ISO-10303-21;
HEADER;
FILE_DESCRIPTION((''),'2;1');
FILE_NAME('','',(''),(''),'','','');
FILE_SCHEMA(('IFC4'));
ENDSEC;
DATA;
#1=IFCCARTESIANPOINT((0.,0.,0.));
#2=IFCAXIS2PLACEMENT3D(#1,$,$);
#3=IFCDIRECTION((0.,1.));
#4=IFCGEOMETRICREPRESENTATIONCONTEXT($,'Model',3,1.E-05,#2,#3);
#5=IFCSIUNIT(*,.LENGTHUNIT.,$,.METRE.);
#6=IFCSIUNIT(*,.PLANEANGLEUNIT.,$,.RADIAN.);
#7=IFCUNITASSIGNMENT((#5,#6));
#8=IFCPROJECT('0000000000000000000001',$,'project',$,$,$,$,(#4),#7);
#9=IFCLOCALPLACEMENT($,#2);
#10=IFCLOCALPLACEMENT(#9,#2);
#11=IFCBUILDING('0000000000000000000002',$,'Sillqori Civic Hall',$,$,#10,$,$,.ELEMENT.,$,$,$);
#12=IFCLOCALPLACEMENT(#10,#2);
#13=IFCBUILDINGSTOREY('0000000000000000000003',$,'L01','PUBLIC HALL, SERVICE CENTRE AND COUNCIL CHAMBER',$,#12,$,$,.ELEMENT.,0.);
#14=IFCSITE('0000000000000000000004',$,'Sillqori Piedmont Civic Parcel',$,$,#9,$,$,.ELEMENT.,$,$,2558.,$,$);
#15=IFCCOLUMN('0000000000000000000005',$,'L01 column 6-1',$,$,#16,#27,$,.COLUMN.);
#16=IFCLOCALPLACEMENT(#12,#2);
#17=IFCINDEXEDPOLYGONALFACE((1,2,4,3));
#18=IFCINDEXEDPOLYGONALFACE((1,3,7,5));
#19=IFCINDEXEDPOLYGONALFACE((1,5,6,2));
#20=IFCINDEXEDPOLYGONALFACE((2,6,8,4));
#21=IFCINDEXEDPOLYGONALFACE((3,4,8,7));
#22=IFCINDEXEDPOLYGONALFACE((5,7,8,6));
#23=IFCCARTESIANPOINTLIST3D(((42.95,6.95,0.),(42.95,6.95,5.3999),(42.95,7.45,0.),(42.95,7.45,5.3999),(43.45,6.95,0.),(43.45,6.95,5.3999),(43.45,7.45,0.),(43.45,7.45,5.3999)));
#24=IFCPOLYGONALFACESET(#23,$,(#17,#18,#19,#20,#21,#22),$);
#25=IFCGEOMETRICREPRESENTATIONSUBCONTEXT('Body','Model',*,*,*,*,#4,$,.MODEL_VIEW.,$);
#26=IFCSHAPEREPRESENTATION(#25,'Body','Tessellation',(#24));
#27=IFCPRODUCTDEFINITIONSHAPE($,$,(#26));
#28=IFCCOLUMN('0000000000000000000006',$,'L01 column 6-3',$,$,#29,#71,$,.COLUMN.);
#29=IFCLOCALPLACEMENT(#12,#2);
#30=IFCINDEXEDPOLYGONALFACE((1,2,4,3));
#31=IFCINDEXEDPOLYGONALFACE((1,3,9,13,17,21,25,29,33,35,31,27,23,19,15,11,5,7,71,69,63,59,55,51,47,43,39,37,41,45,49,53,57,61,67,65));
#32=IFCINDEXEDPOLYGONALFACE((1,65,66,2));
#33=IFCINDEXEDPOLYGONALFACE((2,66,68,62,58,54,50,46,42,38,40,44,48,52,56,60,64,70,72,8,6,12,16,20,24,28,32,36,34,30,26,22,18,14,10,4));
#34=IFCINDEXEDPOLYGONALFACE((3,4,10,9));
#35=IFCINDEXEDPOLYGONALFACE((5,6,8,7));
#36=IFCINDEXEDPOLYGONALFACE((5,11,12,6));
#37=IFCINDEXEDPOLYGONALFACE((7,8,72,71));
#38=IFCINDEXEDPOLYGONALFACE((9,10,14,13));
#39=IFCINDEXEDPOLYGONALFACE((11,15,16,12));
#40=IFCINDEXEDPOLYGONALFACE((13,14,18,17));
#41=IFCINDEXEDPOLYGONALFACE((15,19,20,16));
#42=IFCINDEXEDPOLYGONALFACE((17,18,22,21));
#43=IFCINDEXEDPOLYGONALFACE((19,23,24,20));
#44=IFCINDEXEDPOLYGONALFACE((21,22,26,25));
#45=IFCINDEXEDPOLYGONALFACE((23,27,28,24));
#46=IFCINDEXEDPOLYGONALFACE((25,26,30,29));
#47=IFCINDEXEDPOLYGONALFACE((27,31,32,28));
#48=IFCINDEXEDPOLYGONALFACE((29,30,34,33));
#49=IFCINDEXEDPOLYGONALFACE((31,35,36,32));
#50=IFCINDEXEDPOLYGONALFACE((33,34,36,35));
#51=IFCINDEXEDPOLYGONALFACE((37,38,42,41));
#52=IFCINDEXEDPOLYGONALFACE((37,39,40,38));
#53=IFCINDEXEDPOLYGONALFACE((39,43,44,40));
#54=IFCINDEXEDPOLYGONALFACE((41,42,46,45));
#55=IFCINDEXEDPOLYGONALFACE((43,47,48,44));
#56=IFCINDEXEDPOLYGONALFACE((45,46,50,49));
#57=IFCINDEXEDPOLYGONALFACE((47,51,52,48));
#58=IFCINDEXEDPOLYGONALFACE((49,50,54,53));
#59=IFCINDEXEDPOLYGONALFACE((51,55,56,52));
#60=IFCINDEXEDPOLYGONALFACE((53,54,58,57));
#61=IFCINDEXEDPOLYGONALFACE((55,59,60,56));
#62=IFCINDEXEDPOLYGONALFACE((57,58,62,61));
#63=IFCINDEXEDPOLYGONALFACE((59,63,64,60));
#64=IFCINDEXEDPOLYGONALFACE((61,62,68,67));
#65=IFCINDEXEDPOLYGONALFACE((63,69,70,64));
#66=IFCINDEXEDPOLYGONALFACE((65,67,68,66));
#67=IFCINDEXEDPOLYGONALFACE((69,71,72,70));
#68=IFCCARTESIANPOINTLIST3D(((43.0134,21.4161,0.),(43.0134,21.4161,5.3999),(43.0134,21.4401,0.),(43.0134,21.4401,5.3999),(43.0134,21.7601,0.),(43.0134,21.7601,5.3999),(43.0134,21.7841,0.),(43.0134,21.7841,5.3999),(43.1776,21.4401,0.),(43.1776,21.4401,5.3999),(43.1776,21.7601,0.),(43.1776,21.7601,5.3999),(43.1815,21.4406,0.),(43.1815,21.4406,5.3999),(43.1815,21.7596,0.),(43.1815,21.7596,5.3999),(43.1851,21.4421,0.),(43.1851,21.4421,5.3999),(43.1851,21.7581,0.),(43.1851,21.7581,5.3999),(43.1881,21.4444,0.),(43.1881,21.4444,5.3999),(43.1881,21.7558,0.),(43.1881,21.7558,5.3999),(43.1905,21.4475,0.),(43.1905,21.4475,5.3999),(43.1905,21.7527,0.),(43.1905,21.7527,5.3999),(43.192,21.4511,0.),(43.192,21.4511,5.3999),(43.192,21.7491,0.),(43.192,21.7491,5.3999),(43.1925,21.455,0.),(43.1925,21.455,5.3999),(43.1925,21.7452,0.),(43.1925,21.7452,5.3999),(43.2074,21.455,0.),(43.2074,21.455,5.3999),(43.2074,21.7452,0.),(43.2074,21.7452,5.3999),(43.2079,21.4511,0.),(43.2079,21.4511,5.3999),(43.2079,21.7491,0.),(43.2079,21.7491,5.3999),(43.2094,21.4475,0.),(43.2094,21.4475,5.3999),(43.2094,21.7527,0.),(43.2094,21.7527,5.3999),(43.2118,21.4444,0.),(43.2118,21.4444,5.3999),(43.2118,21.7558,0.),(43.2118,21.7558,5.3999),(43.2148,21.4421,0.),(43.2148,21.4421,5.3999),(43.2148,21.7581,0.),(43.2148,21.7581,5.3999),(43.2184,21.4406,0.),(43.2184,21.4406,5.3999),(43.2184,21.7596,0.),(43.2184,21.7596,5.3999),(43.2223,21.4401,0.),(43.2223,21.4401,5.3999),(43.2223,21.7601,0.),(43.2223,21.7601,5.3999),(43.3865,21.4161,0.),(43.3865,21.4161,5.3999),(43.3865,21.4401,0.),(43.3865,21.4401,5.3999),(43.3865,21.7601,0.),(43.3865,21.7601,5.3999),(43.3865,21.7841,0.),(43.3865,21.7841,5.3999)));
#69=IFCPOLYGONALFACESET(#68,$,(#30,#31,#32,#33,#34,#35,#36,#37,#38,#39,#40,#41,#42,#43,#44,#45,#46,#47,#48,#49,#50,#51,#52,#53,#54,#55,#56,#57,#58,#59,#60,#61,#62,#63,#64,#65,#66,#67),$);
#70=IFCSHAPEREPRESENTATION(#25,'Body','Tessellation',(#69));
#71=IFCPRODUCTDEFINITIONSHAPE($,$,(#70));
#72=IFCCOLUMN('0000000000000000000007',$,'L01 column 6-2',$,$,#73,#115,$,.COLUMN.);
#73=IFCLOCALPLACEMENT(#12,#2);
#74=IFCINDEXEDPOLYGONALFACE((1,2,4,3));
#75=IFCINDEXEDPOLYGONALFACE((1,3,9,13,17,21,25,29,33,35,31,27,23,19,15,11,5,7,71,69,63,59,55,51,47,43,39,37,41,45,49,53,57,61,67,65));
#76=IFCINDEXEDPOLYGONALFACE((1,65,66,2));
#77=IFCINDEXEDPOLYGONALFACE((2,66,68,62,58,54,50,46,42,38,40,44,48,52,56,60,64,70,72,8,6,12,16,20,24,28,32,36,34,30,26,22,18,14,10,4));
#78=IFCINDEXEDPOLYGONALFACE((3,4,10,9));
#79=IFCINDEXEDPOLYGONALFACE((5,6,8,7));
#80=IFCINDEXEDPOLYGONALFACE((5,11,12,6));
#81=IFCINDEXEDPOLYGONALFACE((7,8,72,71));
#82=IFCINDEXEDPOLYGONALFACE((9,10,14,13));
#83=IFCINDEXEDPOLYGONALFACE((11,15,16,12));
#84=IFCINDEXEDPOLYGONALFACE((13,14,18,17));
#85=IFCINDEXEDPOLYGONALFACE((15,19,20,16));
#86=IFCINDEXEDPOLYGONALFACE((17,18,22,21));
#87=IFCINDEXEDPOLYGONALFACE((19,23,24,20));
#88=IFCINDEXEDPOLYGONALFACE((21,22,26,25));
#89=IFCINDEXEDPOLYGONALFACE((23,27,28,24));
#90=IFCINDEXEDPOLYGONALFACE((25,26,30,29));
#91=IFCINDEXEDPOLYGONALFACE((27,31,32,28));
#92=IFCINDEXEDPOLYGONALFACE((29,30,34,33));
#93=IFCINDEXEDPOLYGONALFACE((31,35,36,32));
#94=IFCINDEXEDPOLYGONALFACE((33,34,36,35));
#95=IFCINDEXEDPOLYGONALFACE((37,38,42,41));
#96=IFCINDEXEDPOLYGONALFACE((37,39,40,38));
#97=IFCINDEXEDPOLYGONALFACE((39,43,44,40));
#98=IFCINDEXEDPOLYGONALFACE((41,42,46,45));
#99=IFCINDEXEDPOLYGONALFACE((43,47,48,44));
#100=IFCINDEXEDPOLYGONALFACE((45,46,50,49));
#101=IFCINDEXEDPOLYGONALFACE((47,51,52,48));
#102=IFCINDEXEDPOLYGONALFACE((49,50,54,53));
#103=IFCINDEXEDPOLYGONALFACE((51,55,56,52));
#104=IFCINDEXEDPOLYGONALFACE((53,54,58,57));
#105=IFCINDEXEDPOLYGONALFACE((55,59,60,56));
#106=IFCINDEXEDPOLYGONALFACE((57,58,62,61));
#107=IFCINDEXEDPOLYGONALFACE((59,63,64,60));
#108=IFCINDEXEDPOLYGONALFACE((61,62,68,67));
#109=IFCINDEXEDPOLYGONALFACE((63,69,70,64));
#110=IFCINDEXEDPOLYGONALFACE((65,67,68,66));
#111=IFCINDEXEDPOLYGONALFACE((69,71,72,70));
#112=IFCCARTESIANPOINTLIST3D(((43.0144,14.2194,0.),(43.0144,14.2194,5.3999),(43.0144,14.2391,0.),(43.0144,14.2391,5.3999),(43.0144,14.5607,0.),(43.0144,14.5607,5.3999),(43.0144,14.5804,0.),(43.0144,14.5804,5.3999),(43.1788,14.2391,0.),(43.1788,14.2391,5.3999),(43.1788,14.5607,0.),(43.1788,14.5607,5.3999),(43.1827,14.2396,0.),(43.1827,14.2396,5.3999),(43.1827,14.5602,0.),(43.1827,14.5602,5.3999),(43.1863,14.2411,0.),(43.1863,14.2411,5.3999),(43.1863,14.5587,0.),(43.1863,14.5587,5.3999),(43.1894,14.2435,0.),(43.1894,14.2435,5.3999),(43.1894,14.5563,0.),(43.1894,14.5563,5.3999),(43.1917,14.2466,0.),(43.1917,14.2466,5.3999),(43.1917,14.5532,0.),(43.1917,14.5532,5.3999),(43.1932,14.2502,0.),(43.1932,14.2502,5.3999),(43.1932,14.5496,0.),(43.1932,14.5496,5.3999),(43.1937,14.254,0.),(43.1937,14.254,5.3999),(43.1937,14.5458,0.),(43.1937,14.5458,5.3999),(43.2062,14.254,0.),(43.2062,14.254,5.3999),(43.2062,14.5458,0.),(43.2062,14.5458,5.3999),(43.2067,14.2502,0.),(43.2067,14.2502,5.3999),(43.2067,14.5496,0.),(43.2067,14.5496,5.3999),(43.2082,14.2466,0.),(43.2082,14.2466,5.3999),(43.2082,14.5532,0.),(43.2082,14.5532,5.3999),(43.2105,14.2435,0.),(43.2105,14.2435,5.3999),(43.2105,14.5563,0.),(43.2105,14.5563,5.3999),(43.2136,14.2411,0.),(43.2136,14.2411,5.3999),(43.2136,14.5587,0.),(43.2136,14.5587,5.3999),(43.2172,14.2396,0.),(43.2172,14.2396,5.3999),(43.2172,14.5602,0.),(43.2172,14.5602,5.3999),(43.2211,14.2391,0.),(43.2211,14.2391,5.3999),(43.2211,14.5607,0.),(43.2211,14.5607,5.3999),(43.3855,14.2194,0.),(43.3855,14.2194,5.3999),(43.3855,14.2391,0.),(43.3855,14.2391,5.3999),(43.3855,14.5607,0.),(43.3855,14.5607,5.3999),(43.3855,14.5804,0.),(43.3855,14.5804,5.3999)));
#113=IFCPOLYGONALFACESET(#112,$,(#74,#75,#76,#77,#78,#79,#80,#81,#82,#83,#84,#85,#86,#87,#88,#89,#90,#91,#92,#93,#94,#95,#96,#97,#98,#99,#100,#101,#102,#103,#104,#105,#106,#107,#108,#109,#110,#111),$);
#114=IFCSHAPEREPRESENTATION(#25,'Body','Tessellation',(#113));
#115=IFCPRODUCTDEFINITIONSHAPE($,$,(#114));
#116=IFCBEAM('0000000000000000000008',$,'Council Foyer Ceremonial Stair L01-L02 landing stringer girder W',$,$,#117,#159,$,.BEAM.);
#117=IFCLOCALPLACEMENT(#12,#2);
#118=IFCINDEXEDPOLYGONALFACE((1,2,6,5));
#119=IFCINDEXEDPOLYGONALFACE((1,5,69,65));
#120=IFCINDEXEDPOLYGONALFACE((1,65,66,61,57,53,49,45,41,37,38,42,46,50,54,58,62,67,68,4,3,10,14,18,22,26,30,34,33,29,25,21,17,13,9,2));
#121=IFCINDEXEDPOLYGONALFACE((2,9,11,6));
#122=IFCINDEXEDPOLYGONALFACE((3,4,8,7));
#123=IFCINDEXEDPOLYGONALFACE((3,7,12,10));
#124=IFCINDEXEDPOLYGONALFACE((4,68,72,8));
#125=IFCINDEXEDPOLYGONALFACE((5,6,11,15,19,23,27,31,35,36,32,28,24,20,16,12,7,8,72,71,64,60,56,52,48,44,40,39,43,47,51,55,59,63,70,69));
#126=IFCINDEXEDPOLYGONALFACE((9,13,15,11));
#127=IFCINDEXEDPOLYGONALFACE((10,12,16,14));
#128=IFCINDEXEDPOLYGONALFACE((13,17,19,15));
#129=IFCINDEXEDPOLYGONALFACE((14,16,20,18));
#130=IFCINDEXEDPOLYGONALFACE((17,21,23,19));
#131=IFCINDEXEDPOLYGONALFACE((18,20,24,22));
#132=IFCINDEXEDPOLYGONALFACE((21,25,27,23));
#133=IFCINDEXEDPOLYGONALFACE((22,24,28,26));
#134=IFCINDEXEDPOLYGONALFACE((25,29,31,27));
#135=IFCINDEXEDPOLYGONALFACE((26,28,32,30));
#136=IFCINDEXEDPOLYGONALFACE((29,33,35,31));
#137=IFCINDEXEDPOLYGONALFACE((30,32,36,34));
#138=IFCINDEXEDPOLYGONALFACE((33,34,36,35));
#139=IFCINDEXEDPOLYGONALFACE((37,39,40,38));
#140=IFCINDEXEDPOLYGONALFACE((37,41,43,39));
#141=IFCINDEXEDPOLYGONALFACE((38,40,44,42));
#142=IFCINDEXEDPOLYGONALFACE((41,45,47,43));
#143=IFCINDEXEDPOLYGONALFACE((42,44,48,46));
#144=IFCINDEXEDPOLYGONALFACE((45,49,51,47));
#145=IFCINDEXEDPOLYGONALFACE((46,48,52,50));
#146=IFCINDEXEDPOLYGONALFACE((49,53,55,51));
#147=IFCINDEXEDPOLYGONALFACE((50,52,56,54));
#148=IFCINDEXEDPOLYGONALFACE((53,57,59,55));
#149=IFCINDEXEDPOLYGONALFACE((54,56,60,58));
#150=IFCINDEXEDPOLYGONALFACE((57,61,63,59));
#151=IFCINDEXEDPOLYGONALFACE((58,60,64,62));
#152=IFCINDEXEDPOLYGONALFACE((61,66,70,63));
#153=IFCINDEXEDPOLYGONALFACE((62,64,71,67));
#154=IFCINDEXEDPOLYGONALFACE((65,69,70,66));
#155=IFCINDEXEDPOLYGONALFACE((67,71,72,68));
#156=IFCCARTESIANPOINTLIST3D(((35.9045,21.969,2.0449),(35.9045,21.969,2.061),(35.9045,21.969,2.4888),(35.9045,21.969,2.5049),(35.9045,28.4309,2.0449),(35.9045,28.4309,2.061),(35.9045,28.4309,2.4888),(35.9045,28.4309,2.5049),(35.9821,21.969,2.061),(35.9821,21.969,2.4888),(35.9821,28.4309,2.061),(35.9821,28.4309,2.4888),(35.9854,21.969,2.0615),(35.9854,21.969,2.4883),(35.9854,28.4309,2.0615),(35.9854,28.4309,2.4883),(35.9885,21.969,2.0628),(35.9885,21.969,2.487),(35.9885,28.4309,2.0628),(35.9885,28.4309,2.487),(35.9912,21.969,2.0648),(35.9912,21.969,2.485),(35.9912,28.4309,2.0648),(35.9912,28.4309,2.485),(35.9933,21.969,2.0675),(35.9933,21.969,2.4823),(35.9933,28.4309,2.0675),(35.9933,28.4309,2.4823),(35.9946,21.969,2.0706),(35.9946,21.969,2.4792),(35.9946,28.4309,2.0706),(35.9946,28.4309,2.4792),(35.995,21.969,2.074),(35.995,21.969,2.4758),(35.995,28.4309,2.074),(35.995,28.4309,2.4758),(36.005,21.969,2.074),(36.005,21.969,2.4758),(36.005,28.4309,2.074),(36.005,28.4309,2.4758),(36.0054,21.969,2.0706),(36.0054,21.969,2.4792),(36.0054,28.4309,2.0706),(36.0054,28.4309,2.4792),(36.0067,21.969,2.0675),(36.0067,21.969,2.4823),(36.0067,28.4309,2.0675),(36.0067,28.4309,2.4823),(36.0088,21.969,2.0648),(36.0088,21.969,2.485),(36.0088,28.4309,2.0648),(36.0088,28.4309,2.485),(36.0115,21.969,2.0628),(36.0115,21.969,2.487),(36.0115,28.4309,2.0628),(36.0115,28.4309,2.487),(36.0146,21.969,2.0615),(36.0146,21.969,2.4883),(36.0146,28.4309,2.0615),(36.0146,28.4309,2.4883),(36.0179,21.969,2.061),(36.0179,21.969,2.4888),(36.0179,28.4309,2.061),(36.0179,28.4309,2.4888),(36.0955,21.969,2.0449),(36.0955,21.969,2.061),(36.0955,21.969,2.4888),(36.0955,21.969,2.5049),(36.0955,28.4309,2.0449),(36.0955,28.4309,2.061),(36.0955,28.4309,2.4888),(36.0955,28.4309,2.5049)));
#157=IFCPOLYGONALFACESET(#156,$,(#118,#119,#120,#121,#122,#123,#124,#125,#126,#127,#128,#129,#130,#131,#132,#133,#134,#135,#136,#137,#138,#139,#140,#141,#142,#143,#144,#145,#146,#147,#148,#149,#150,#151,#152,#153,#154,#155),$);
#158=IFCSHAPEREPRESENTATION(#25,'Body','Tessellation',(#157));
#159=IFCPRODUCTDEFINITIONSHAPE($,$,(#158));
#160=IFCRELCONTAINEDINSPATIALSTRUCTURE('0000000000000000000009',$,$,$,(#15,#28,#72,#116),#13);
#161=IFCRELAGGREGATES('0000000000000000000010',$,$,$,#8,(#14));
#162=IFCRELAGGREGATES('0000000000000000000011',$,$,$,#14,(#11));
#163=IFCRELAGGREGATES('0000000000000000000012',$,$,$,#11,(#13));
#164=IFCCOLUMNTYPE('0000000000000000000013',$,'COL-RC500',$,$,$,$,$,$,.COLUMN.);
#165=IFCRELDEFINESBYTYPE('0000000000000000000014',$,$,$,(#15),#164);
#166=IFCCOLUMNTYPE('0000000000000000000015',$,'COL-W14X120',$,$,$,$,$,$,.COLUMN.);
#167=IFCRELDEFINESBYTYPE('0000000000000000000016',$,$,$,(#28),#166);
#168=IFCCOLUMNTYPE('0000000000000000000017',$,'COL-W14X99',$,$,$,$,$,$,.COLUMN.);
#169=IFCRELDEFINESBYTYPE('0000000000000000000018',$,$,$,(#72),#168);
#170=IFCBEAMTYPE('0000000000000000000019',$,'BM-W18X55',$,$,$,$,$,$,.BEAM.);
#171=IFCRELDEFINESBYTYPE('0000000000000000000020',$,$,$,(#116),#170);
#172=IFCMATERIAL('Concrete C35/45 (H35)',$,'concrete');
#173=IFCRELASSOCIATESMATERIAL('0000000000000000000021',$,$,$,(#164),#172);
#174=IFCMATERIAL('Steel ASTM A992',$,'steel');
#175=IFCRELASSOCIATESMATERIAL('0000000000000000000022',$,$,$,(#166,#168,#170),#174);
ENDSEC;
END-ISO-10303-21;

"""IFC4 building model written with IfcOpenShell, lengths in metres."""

from ifc_helpers import new_model, si_unit, direction, frame, origin, origin_2d, place, context, subcontext, project, spatial, rectangle, i_section, extrude, material, material_profile, profile_set, type_object, element, save


model = new_model("IFC4")

# Units and contexts
model_context = context("Model", 3, precision=1e-05, world=origin(), true_north=direction((0.0, 1.0)))
body_context = subcontext(model_context, "Body", "Model", "MODEL_VIEW")
ifc_project = project(units=[si_unit("LENGTHUNIT", "METRE"), si_unit("PLANEANGLEUNIT", "RADIAN")], contexts=[model_context])

# Site, building, storey
site_placement = place(None, origin())
site = spatial("IfcSite", under=ifc_project, at=site_placement, Name="Sillqori Piedmont Civic Parcel", CompositionType="ELEMENT", RefElevation=2558.0)
building_placement = place(site_placement, origin())
building = spatial("IfcBuilding", under=site, at=building_placement, Name="Sillqori Civic Hall", CompositionType="ELEMENT")
storey_placement = place(building_placement, origin())
storey = spatial("IfcBuildingStorey", under=building, at=storey_placement, Name="L01", Description="PUBLIC HALL, SERVICE CENTRE AND COUNCIL CHAMBER", CompositionType="ELEMENT", Elevation=0.0)

# Columns
ifc_material_1 = material(Name="Concrete C35/45 (H35)", Category="concrete")
ifc_material_profile_1 = material_profile(ifc_material_1, rectangle(XDim=0.5, YDim=0.5, at=origin_2d()), Name="RC 500x500")
ifc_profile_set_1 = profile_set([ifc_material_profile_1], Name="Concrete C35/45 (H35)")
column_type_1 = type_object("IfcColumnType", Name="COL-RC500", PredefinedType="COLUMN", material=ifc_profile_set_1)
column_1_placement = place(storey_placement, frame((43.2, 7.2, 0.0), z_axis=(0.0, 0.0, 1.0), x_axis=(1.0, 0.0, 0.0)))
element("IfcColumn", 1, at=column_1_placement, inside=storey, type_object=column_type_1, Name="L01 column 6-1", PredefinedType="COLUMN", context=body_context, shape_type="SweptSolid", body=[
    extrude(rectangle(XDim=0.5, YDim=0.5, at=origin_2d()), origin(), (0.0, 0.0, 1.0), 5.3999),
])
ifc_material_2 = material(Name="Steel ASTM A992", Category="steel")
ifc_material_profile_2 = material_profile(ifc_material_2, i_section(OverallWidth=0.373, OverallDepth=0.3679, WebThickness=0.0149, FlangeThickness=0.0239, FilletRadius=0.0149, at=origin_2d()), Name="W14X120")
ifc_profile_set_2 = profile_set([ifc_material_profile_2], Name="Steel ASTM A992")
column_type_2 = type_object("IfcColumnType", Name="COL-W14X120", PredefinedType="COLUMN", material=ifc_profile_set_2)
column_2_placement = place(storey_placement, frame((43.2, 21.6001, 0.0), z_axis=(0.0, 0.0, 1.0), x_axis=(1.0, 0.0, 0.0)))
element("IfcColumn", 2, at=column_2_placement, inside=storey, type_object=column_type_2, Name="L01 column 6-3", PredefinedType="COLUMN", context=body_context, shape_type="SweptSolid", body=[
    extrude(i_section(OverallWidth=0.373, OverallDepth=0.3679, WebThickness=0.0149, FlangeThickness=0.0239, FilletRadius=0.0149, at=origin_2d()), origin(), (0.0, 0.0, 1.0), 5.3999),
])
ifc_material_profile_3 = material_profile(ifc_material_2, i_section(OverallWidth=0.3711, OverallDepth=0.3611, WebThickness=0.0125, FlangeThickness=0.0198, FilletRadius=0.0149, at=origin_2d()), Name="W14X99")
ifc_profile_set_3 = profile_set([ifc_material_profile_3], Name="Steel ASTM A992")
column_type_3 = type_object("IfcColumnType", Name="COL-W14X99", PredefinedType="COLUMN", material=ifc_profile_set_3)
column_3_placement = place(storey_placement, frame((43.2, 14.3999, 0.0), z_axis=(0.0, 0.0, 1.0), x_axis=(1.0, 0.0, 0.0)))
element("IfcColumn", 3, at=column_3_placement, inside=storey, type_object=column_type_3, Name="L01 column 6-2", PredefinedType="COLUMN", context=body_context, shape_type="SweptSolid", body=[
    extrude(i_section(OverallWidth=0.3711, OverallDepth=0.3611, WebThickness=0.0125, FlangeThickness=0.0198, FilletRadius=0.0149, at=origin_2d()), origin(), (0.0, 0.0, 1.0), 5.3999),
])

# Beam
ifc_material_profile_4 = material_profile(ifc_material_2, i_section(OverallWidth=0.1909, OverallDepth=0.46, WebThickness=0.01, FlangeThickness=0.0161, FilletRadius=0.0129, at=origin_2d()), Name="W18X55")
ifc_profile_set_4 = profile_set([ifc_material_profile_4], Name="Steel ASTM A992")
beam_type_1 = type_object("IfcBeamType", Name="BM-W18X55", PredefinedType="BEAM", material=ifc_profile_set_4)
beam_1_placement = place(storey_placement, frame((36.0, 21.969, 2.2749), z_axis=(0.0, 1.0, 0.0), x_axis=(-1.0, 0.0, 0.0)))
element("IfcBeam", 4, at=beam_1_placement, inside=storey, type_object=beam_type_1, Name="Council Foyer Ceremonial Stair L01-L02 landing stringer girder W", PredefinedType="BEAM", context=body_context, shape_type="SweptSolid", body=[
    extrude(i_section(OverallWidth=0.1909, OverallDepth=0.46, WebThickness=0.01, FlangeThickness=0.0161, FilletRadius=0.0129, at=origin_2d()), origin(), (0.0, 0.0, 1.0), 6.4619),
])

save(model, "model.ifc")
